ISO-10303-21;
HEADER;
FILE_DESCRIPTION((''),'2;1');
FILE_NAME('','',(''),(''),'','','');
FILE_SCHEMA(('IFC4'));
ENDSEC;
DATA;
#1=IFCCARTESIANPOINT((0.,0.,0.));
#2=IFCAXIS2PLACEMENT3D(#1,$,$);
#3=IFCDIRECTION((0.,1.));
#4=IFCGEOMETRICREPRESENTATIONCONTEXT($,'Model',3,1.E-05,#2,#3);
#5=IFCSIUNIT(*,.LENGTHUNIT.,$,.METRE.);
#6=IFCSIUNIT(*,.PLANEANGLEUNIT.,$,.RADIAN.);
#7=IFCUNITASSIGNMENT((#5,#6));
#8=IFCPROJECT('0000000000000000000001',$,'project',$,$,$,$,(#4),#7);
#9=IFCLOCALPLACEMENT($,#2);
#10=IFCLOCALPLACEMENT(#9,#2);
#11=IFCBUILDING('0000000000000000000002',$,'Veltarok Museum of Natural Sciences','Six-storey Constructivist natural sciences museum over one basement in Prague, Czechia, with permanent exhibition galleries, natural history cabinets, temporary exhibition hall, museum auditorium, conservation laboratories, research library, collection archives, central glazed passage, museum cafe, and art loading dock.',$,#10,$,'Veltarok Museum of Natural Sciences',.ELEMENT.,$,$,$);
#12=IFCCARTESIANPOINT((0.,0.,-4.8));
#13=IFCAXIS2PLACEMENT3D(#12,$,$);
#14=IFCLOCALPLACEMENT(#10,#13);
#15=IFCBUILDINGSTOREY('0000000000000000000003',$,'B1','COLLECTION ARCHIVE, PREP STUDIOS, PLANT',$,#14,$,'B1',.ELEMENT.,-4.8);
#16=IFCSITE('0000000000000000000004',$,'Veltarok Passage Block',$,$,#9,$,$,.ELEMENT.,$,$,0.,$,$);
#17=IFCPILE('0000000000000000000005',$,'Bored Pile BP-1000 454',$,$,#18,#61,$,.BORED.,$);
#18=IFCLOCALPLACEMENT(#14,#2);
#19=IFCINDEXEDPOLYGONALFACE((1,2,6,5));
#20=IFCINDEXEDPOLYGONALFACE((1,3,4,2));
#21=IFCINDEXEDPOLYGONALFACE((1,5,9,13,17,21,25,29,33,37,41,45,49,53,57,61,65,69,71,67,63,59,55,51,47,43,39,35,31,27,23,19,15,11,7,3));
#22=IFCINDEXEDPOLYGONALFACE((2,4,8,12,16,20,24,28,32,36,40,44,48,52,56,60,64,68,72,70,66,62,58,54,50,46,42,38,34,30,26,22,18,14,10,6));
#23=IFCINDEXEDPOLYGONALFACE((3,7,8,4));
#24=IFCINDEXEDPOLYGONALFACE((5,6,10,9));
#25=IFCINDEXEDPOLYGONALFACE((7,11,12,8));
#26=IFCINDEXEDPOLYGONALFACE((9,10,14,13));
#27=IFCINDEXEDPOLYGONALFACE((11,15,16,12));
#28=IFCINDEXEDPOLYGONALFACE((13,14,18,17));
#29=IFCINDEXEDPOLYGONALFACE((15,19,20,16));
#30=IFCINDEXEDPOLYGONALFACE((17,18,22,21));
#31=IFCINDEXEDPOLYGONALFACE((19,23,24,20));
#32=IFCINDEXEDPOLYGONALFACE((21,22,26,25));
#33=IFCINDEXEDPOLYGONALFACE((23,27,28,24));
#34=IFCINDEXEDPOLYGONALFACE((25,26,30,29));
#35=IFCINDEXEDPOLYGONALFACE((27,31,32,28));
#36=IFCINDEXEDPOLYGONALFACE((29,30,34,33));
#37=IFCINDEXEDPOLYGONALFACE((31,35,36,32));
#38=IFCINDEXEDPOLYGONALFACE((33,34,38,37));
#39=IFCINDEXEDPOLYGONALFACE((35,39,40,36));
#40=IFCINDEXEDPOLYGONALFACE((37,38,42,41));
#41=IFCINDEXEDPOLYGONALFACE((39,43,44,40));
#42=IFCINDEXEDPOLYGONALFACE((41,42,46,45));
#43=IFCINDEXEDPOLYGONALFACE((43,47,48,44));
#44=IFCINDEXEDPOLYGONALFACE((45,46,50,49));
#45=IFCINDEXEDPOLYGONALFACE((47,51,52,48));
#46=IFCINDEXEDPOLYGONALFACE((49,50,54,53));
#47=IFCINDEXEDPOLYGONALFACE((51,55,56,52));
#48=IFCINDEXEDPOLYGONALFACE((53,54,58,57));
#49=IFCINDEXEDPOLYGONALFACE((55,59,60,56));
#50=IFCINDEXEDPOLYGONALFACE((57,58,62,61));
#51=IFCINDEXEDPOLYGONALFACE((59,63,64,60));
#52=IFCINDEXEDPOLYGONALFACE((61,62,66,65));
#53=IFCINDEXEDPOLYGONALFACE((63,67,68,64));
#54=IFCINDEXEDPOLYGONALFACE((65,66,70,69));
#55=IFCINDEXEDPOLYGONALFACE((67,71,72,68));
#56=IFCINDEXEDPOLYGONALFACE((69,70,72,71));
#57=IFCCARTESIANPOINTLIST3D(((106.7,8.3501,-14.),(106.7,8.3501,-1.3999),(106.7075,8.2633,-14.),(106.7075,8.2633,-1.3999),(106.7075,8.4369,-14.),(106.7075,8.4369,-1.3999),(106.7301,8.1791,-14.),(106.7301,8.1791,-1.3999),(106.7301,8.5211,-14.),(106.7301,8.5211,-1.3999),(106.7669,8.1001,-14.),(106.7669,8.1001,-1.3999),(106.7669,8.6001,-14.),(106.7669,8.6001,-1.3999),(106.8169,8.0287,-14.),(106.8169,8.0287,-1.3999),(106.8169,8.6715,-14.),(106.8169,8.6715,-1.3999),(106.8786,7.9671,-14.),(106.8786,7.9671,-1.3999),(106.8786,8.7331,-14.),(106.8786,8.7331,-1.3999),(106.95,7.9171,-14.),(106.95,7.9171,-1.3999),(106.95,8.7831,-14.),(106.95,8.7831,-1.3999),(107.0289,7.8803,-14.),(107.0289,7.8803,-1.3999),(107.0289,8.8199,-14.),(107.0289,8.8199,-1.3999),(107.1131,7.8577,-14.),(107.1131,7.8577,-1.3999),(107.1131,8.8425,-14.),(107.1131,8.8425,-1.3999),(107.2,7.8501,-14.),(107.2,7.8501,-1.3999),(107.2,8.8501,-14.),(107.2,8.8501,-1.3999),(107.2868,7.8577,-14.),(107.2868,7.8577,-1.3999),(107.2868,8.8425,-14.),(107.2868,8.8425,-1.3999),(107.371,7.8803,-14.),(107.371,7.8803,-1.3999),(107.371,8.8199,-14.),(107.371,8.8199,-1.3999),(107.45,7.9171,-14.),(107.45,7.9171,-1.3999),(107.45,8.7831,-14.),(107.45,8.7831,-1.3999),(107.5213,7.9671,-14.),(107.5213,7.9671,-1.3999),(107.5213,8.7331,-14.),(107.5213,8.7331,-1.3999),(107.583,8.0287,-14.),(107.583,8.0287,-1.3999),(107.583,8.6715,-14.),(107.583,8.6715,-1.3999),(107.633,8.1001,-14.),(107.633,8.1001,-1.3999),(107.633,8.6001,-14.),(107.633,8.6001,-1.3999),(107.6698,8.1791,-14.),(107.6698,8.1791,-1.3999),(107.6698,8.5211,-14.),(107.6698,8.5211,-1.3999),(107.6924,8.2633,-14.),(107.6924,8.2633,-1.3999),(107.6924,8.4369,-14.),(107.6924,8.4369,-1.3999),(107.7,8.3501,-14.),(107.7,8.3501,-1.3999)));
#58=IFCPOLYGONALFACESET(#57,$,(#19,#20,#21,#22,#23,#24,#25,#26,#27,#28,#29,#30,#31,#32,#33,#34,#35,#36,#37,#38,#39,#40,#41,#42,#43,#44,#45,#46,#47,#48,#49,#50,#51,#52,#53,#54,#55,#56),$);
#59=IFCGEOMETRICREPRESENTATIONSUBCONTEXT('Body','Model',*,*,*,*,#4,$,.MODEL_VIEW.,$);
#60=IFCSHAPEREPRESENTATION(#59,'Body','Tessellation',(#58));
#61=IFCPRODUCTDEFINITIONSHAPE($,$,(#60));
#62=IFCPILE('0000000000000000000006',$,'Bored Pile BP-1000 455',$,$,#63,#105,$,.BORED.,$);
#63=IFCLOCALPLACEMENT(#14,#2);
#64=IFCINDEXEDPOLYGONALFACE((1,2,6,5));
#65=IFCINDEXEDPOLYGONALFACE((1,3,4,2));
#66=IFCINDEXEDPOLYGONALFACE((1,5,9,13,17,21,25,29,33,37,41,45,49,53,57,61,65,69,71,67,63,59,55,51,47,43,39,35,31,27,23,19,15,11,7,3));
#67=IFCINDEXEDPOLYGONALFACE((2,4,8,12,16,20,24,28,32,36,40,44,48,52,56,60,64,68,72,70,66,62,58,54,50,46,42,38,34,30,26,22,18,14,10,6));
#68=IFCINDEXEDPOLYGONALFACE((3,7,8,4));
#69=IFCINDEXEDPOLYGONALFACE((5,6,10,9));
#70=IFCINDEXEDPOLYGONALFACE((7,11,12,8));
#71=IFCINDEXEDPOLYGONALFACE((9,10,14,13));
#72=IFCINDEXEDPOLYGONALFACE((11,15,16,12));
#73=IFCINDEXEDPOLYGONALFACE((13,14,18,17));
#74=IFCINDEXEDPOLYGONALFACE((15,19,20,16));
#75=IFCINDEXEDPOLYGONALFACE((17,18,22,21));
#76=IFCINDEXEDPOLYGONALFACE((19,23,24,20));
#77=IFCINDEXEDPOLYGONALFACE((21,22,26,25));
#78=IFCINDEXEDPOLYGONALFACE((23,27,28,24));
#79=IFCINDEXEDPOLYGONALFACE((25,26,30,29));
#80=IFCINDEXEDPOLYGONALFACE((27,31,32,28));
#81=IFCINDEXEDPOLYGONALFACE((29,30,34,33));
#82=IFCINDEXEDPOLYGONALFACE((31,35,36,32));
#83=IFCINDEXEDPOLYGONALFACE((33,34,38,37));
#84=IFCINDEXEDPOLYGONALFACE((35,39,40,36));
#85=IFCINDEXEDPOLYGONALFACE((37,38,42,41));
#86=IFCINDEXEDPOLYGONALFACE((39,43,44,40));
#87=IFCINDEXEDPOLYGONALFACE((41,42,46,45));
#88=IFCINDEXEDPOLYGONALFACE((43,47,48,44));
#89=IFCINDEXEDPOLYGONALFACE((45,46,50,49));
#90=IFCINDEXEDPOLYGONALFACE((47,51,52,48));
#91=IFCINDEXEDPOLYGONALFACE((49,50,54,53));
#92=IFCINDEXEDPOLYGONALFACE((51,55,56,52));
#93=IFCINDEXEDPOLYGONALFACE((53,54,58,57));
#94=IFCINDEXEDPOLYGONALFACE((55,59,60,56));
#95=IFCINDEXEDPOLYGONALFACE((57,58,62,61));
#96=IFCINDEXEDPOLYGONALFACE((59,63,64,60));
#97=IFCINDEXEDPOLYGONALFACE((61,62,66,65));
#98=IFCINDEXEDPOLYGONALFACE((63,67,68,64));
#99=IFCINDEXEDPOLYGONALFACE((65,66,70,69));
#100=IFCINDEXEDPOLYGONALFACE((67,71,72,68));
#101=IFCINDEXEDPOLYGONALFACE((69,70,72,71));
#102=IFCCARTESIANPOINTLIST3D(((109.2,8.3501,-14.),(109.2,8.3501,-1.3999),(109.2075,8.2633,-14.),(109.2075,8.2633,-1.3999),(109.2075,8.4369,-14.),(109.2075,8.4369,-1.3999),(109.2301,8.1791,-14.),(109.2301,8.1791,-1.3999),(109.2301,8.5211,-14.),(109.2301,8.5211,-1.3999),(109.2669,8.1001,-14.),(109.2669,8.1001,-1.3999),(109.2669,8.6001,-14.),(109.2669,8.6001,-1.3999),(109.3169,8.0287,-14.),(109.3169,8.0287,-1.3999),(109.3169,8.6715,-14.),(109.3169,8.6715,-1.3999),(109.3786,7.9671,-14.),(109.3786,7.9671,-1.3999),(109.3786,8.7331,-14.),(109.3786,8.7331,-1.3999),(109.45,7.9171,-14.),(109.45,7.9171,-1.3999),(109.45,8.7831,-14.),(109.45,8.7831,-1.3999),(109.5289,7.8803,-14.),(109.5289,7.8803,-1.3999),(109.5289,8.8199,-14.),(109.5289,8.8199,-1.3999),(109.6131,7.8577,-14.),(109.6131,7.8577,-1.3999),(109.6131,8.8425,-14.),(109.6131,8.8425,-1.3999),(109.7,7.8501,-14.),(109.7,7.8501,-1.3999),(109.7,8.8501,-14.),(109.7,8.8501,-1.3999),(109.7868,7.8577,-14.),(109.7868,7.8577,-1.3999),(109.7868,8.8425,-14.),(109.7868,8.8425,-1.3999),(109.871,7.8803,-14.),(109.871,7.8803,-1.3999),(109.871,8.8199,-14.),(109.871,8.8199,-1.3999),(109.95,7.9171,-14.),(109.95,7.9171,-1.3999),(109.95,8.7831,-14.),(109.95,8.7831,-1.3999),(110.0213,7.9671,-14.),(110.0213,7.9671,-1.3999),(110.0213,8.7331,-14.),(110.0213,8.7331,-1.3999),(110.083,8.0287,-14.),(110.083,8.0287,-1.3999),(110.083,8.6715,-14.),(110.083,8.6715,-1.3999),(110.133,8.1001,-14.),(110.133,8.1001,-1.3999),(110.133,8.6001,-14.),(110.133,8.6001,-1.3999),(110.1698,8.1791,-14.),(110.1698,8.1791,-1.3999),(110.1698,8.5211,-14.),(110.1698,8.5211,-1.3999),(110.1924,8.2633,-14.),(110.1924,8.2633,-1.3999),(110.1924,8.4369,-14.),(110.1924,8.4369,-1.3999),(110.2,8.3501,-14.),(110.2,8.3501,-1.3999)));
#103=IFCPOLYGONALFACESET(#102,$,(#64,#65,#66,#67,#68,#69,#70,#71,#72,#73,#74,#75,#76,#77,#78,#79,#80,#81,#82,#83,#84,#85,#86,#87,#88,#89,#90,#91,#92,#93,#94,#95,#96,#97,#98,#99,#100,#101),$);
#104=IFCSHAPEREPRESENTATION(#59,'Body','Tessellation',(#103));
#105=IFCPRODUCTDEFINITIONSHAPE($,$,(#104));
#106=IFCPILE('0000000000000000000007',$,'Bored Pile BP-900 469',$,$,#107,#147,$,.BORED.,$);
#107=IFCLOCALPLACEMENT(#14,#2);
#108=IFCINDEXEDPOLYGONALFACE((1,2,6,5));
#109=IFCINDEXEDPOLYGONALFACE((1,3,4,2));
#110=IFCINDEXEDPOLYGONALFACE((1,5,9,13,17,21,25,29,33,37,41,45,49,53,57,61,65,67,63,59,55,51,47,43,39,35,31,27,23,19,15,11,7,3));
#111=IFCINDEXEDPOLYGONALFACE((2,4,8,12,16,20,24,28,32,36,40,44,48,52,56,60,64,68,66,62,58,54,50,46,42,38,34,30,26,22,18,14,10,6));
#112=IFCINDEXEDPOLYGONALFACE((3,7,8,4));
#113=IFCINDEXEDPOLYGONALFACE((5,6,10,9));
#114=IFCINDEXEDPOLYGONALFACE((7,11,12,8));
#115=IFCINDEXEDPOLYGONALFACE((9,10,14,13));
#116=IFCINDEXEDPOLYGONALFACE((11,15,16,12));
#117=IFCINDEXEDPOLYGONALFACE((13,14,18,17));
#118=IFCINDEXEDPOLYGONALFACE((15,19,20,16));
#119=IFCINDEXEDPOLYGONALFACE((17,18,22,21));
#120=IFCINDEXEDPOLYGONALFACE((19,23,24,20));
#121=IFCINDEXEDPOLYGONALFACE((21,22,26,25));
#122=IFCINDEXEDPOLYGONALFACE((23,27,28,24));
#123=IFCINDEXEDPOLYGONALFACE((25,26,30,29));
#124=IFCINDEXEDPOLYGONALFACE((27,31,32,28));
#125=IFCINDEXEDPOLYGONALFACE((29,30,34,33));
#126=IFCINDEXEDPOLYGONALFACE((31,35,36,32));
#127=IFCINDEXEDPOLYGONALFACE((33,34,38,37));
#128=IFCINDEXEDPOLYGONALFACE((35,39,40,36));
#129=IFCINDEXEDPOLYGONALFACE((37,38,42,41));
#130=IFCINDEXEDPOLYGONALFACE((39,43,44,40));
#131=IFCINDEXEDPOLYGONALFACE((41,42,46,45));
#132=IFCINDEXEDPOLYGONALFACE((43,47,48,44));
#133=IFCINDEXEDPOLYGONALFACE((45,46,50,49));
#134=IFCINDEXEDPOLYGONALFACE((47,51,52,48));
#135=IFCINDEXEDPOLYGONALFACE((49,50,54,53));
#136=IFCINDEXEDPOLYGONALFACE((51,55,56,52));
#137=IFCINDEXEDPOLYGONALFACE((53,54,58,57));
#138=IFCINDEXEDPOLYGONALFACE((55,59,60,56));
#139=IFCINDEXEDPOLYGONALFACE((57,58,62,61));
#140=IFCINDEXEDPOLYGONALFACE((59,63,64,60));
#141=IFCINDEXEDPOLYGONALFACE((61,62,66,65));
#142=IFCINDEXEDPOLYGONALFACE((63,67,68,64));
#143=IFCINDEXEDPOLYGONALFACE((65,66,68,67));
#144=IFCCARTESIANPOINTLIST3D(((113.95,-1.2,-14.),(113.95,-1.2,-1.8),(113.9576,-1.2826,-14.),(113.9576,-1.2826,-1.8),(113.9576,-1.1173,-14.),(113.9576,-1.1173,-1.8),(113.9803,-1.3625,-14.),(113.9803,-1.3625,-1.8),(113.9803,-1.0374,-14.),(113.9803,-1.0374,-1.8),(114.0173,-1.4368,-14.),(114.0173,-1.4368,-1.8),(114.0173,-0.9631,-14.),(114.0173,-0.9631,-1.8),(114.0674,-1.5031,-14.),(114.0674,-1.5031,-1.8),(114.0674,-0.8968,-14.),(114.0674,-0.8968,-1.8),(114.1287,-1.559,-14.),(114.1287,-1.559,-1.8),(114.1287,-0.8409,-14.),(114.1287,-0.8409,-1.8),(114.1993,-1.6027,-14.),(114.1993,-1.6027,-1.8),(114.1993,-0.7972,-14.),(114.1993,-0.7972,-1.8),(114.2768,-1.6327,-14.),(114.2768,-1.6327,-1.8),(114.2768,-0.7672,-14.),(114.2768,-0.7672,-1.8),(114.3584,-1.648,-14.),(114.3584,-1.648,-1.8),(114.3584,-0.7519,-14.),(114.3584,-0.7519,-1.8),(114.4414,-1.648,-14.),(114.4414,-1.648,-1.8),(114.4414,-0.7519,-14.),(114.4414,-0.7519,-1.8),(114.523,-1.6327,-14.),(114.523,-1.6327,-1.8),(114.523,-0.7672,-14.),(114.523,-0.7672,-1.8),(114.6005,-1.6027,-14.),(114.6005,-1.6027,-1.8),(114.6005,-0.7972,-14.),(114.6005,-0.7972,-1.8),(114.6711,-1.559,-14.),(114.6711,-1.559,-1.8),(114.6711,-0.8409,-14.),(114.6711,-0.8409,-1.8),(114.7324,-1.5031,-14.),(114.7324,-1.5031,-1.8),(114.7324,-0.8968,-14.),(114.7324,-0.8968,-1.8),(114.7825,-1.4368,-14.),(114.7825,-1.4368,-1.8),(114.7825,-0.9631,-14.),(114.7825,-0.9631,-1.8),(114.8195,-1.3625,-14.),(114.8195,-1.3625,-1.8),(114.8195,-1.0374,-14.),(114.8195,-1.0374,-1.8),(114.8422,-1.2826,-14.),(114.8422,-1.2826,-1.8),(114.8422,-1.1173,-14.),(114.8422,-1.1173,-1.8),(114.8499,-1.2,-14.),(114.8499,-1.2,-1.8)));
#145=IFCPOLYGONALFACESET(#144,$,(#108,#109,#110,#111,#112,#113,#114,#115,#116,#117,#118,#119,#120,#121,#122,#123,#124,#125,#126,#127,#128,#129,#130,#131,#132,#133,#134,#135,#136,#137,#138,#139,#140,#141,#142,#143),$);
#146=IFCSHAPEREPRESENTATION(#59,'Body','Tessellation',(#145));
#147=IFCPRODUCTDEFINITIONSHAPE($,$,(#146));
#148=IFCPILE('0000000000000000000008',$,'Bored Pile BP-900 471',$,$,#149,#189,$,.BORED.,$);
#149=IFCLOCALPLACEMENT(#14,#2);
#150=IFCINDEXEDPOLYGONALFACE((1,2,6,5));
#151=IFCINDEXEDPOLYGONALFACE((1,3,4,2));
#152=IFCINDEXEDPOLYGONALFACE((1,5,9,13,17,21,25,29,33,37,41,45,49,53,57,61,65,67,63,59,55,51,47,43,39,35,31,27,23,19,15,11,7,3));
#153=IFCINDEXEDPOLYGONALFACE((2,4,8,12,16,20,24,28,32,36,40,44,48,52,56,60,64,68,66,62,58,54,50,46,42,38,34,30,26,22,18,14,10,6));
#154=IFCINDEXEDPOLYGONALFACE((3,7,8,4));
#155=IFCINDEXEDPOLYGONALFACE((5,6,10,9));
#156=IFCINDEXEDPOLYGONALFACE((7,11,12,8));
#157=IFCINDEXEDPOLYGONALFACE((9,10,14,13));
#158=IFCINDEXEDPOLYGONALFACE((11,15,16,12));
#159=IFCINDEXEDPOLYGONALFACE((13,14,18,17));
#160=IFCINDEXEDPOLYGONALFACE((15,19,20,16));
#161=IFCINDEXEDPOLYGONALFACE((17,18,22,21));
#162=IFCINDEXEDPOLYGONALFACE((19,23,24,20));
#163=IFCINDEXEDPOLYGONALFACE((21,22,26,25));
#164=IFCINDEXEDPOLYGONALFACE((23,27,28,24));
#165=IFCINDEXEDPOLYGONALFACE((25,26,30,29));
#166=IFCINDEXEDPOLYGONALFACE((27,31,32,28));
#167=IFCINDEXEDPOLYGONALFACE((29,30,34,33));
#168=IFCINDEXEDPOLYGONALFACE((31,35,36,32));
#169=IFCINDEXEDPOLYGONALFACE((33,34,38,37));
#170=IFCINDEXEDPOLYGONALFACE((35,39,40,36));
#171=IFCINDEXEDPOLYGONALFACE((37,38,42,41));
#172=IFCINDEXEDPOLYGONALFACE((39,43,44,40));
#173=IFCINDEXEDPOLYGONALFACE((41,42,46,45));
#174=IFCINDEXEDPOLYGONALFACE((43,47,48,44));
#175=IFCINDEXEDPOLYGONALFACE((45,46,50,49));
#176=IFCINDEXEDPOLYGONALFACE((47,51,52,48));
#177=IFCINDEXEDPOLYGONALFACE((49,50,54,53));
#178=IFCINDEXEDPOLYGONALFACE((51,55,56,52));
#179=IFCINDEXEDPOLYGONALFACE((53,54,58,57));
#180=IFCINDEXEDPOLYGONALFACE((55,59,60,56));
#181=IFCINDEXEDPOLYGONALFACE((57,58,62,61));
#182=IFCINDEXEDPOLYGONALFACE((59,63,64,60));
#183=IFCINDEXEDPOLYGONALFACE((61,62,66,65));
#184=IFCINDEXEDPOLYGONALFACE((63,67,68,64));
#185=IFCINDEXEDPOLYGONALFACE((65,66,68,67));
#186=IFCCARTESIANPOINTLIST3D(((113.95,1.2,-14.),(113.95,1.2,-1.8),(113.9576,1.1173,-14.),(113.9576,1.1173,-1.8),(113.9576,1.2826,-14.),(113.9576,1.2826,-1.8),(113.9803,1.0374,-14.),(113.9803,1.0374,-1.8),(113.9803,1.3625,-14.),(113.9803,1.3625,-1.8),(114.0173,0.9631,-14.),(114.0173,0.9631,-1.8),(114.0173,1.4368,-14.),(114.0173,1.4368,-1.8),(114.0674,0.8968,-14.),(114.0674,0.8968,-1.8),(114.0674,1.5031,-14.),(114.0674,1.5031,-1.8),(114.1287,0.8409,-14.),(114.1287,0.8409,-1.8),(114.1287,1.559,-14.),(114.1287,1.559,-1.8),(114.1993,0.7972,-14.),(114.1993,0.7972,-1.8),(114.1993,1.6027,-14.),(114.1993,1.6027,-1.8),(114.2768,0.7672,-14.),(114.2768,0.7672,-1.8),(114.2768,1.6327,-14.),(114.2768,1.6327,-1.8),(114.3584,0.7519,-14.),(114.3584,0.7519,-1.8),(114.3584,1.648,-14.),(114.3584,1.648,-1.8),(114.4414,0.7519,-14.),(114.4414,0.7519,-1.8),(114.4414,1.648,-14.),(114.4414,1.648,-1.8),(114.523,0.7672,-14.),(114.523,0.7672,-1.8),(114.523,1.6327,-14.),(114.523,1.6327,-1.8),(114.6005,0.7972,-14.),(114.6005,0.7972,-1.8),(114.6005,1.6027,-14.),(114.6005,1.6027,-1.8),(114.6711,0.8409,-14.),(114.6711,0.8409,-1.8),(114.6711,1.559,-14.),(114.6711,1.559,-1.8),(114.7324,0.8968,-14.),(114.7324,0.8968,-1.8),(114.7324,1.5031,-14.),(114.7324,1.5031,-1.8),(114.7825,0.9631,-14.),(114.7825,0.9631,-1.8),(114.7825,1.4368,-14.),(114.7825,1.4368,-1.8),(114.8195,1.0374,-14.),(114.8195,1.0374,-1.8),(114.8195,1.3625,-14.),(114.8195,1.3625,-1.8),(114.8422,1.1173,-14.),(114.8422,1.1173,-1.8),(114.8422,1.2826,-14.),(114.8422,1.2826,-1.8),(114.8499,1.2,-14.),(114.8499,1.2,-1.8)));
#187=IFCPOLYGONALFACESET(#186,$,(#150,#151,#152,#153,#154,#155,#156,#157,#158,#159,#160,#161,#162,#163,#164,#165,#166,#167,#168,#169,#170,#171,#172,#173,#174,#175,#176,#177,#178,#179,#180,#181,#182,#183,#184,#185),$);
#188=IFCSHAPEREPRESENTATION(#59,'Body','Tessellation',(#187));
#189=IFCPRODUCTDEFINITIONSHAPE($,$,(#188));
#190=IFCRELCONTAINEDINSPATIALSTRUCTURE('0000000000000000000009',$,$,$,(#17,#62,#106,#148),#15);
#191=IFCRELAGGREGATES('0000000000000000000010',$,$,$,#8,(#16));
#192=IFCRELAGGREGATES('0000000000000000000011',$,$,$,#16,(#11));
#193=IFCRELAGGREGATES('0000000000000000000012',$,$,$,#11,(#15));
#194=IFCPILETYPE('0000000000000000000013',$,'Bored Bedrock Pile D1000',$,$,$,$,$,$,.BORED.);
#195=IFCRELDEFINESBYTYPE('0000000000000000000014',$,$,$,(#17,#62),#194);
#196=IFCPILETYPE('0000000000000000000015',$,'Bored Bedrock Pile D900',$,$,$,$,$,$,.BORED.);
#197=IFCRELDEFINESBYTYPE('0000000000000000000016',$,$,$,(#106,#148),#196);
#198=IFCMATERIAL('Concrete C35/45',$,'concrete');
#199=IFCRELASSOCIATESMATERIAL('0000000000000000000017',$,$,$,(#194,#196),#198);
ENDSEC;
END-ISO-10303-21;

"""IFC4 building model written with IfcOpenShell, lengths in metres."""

from ifc_helpers import new_model, si_unit, direction, frame, origin, origin_2d, place, context, subcontext, project, spatial, circle, extrude, material, material_profile, profile_set, type_object, element, save


model = new_model("IFC4")

# Units and contexts
model_context = context("Model", 3, precision=1e-05, world=origin(), true_north=direction((0.0, 1.0)))
body_context = subcontext(model_context, "Body", "Model", "MODEL_VIEW")
ifc_project = project(units=[si_unit("LENGTHUNIT", "METRE"), si_unit("PLANEANGLEUNIT", "RADIAN")], contexts=[model_context])

# Site, building, storey
site_placement = place(None, origin())
site = spatial("IfcSite", under=ifc_project, at=site_placement, Name="Veltarok Passage Block", CompositionType="ELEMENT", RefElevation=0.0)
building_placement = place(site_placement, origin())
building = spatial("IfcBuilding", under=site, at=building_placement, Name="Veltarok Museum of Natural Sciences", Description="Six-storey Constructivist natural sciences museum over one basement in Prague, Czechia, with permanent exhibition galleries, natural history cabinets, temporary exhibition hall, museum auditorium, conservation laboratories, research library, collection archives, central glazed passage, museum cafe, and art loading dock.", LongName="Veltarok Museum of Natural Sciences", CompositionType="ELEMENT")
storey_placement = place(building_placement, frame((0.0, 0.0, -4.8)))
storey = spatial("IfcBuildingStorey", under=building, at=storey_placement, Name="B1", Description="COLLECTION ARCHIVE, PREP STUDIOS, PLANT", LongName="B1", CompositionType="ELEMENT", Elevation=-4.8)

# Piles
ifc_material_1 = material(Name="Concrete C35/45", Category="concrete")
ifc_material_profile_1 = material_profile(ifc_material_1, circle(Radius=0.5, at=origin_2d()), Name="BP D1000")
ifc_profile_set_1 = profile_set([ifc_material_profile_1], Name="Concrete C35/45")
pile_type_1 = type_object("IfcPileType", Name="Bored Bedrock Pile D1000", PredefinedType="BORED", material=ifc_profile_set_1)
for number, where, z_axis, x_axis, name in (
    (1, (107.2, 8.3501, -1.3999), (0.0, 0.0, -1.0), (1.0, 0.0, 0.0), "Bored Pile BP-1000 454"),
    (2, (109.7, 8.3501, -1.3999), (0.0, 0.0, -1.0), (1.0, 0.0, 0.0), "Bored Pile BP-1000 455"),
):
    element("IfcPile", number, at=place(storey_placement, frame(where, z_axis=z_axis, x_axis=x_axis)), inside=storey, type_object=pile_type_1, Name=name, PredefinedType="BORED", context=body_context, shape_type="SweptSolid", body=[
        extrude(circle(Radius=0.5, at=origin_2d()), origin(), (0.0, 0.0, 1.0), 12.6001),
    ])
ifc_material_profile_2 = material_profile(ifc_material_1, circle(Radius=0.45, at=origin_2d()), Name="BP D900")
ifc_profile_set_2 = profile_set([ifc_material_profile_2], Name="Concrete C35/45")
pile_type_2 = type_object("IfcPileType", Name="Bored Bedrock Pile D900", PredefinedType="BORED", material=ifc_profile_set_2)
for number, where, z_axis, x_axis, name in (
    (3, (114.3999, -1.2, -1.8), (0.0, 0.0, -1.0), (1.0, 0.0, 0.0), "Bored Pile BP-900 469"),
    (4, (114.3999, 1.2, -1.8), (0.0, 0.0, -1.0), (1.0, 0.0, 0.0), "Bored Pile BP-900 471"),
):
    element("IfcPile", number, at=place(storey_placement, frame(where, z_axis=z_axis, x_axis=x_axis)), inside=storey, type_object=pile_type_2, Name=name, PredefinedType="BORED", context=body_context, shape_type="SweptSolid", body=[
        extrude(circle(Radius=0.45, at=origin_2d()), origin(), (0.0, 0.0, 1.0), 12.2),
    ])

save(model, "model.ifc")
